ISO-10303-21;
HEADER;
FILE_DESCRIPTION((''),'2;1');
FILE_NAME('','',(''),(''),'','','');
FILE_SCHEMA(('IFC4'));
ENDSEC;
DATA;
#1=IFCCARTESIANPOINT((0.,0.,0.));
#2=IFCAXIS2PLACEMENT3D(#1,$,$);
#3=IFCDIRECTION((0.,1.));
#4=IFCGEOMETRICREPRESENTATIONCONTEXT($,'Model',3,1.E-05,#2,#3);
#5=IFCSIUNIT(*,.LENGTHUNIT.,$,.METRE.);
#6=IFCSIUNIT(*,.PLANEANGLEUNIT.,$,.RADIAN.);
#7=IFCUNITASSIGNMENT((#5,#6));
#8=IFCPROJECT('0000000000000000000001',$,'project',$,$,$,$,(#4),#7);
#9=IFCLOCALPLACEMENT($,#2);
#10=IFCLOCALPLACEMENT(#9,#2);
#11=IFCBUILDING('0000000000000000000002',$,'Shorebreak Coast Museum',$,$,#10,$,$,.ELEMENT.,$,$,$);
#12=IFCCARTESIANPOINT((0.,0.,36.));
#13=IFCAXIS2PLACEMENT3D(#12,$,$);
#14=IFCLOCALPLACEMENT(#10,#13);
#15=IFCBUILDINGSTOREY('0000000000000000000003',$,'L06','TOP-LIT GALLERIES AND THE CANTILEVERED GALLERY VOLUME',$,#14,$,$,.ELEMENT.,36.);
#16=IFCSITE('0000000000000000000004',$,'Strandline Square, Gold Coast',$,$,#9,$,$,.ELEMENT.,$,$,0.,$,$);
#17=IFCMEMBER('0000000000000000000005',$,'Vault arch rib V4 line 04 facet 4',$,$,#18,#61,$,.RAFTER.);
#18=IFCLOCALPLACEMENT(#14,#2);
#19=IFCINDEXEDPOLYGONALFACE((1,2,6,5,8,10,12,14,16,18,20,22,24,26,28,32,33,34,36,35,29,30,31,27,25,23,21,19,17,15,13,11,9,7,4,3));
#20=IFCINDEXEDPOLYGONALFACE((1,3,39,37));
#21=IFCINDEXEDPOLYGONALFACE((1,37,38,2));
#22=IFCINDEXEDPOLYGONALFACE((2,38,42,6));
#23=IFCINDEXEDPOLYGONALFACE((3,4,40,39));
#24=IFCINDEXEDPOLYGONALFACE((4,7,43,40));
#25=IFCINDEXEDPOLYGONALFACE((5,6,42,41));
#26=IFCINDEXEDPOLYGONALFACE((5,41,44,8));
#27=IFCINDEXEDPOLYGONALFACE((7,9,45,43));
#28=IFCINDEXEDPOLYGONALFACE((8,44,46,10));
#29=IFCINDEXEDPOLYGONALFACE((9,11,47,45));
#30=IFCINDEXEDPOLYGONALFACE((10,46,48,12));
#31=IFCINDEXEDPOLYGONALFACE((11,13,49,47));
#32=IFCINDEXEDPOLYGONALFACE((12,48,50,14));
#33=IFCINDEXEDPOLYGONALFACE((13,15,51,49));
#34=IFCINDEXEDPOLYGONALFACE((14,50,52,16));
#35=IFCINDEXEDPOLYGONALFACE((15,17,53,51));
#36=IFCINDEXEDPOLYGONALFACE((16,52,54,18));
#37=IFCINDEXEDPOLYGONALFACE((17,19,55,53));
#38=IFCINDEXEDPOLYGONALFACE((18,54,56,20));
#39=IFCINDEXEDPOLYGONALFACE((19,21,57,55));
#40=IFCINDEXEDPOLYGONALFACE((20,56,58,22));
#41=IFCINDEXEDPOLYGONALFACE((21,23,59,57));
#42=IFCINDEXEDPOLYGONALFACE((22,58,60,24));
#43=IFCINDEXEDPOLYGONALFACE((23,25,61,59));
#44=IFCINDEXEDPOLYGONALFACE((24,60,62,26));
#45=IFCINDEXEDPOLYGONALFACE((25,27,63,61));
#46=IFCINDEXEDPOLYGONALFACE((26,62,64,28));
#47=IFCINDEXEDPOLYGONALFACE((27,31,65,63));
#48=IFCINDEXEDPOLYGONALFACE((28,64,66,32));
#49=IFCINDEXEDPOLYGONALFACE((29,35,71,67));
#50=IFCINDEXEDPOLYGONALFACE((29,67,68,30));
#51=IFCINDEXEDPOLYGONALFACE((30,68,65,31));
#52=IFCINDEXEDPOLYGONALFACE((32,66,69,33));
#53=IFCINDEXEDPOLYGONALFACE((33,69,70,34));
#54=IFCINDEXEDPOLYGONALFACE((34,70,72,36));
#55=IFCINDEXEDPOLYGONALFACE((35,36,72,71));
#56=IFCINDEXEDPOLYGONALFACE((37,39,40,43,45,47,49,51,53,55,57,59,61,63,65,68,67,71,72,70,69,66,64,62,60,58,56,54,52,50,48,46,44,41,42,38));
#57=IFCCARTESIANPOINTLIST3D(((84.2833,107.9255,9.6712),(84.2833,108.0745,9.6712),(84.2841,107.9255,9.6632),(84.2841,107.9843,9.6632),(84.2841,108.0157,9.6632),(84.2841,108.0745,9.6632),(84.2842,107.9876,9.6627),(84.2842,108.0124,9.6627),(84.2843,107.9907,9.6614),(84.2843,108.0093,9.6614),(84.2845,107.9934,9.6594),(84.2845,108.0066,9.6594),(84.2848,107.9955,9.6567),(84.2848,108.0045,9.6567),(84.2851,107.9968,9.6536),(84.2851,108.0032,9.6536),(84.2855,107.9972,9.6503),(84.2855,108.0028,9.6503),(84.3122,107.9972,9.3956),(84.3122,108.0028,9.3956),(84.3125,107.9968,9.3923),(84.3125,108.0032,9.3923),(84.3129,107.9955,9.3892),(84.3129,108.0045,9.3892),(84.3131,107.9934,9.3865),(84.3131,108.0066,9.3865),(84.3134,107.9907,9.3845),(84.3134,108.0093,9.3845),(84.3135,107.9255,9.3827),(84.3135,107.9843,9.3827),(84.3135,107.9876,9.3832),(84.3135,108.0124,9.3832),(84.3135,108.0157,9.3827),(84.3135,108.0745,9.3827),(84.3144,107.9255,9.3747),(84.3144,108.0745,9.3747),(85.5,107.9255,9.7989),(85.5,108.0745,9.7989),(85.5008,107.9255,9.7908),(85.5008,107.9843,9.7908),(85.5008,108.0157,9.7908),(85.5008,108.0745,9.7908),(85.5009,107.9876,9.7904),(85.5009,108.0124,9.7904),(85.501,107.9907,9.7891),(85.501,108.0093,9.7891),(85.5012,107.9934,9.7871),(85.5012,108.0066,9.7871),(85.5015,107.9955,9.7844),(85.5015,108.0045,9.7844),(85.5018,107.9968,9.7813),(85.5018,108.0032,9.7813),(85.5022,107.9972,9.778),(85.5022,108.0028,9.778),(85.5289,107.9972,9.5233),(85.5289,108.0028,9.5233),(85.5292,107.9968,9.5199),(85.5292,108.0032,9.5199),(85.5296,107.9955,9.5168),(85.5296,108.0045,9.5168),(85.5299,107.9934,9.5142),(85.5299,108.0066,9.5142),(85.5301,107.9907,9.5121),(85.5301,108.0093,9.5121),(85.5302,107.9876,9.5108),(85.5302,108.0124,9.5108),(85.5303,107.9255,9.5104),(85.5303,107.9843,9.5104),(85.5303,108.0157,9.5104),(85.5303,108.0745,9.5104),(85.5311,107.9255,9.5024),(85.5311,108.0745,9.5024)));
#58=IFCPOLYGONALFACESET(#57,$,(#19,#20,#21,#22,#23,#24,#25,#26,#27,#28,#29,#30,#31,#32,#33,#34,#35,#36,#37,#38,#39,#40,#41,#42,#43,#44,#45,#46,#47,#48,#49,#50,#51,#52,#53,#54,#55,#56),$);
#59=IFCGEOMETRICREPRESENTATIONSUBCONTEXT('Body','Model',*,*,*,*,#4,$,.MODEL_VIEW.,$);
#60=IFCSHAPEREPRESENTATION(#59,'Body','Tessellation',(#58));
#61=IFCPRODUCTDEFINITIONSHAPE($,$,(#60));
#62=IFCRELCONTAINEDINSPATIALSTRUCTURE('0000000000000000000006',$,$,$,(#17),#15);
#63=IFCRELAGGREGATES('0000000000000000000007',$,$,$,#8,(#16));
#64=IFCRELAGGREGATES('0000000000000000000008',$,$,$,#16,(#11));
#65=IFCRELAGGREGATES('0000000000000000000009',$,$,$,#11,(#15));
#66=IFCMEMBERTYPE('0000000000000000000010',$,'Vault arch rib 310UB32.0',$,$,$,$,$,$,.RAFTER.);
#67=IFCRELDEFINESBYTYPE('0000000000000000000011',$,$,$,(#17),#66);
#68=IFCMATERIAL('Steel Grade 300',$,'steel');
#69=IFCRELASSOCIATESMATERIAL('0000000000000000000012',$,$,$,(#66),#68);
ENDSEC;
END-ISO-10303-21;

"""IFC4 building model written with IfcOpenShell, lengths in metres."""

from ifc_helpers import new_model, si_unit, direction, frame, origin, origin_2d, place, context, subcontext, project, spatial, i_section, extrude, material, material_profile, profile_set, type_object, element, save


model = new_model("IFC4")

# Units and contexts
model_context = context("Model", 3, precision=1e-05, world=origin(), true_north=direction((0.0, 1.0)))
body_context = subcontext(model_context, "Body", "Model", "MODEL_VIEW")
ifc_project = project(units=[si_unit("LENGTHUNIT", "METRE"), si_unit("PLANEANGLEUNIT", "RADIAN")], contexts=[model_context])

# Site, building, storey
site_placement = place(None, origin())
site = spatial("IfcSite", under=ifc_project, at=site_placement, Name="Strandline Square, Gold Coast", CompositionType="ELEMENT", RefElevation=0.0)
building_placement = place(site_placement, origin())
building = spatial("IfcBuilding", under=site, at=building_placement, Name="Shorebreak Coast Museum", CompositionType="ELEMENT")
storey_placement = place(building_placement, frame((0.0, 0.0, 36.0)))
storey = spatial("IfcBuildingStorey", under=building, at=storey_placement, Name="L06", Description="TOP-LIT GALLERIES AND THE CANTILEVERED GALLERY VOLUME", CompositionType="ELEMENT", Elevation=36.0)

# Member
ifc_material_1 = material(Name="Steel Grade 300", Category="steel")
ifc_material_profile_1 = material_profile(ifc_material_1, i_section(OverallWidth=0.1489, OverallDepth=0.2981, WebThickness=0.0056, FlangeThickness=0.0081, FilletRadius=0.0129, at=origin_2d()), Name="310UB32.0")
ifc_profile_set_1 = profile_set([ifc_material_profile_1], Name="Steel Grade 300")
member_type_1 = type_object("IfcMemberType", Name="Vault arch rib 310UB32.0", PredefinedType="RAFTER", material=ifc_profile_set_1)
for number, where, z_axis, x_axis, name in (
    (1, (84.2988, 108.0, 9.5229), (0.994539, 0.0, 0.104363), (0.0, 1.0, 0.0), "Vault arch rib V4 line 04 facet 4"),
):
    element("IfcMember", number, at=place(storey_placement, frame(where, z_axis=z_axis, x_axis=x_axis)), inside=storey, type_object=member_type_1, Name=name, PredefinedType="RAFTER", context=body_context, shape_type="SweptSolid", body=[
        extrude(i_section(OverallWidth=0.1489, OverallDepth=0.2981, WebThickness=0.0056, FlangeThickness=0.0081, FilletRadius=0.0129, at=origin_2d()), origin(), (0.0, 0.0, 1.0), 1.2234),
    ])

save(model, "model.ifc")
